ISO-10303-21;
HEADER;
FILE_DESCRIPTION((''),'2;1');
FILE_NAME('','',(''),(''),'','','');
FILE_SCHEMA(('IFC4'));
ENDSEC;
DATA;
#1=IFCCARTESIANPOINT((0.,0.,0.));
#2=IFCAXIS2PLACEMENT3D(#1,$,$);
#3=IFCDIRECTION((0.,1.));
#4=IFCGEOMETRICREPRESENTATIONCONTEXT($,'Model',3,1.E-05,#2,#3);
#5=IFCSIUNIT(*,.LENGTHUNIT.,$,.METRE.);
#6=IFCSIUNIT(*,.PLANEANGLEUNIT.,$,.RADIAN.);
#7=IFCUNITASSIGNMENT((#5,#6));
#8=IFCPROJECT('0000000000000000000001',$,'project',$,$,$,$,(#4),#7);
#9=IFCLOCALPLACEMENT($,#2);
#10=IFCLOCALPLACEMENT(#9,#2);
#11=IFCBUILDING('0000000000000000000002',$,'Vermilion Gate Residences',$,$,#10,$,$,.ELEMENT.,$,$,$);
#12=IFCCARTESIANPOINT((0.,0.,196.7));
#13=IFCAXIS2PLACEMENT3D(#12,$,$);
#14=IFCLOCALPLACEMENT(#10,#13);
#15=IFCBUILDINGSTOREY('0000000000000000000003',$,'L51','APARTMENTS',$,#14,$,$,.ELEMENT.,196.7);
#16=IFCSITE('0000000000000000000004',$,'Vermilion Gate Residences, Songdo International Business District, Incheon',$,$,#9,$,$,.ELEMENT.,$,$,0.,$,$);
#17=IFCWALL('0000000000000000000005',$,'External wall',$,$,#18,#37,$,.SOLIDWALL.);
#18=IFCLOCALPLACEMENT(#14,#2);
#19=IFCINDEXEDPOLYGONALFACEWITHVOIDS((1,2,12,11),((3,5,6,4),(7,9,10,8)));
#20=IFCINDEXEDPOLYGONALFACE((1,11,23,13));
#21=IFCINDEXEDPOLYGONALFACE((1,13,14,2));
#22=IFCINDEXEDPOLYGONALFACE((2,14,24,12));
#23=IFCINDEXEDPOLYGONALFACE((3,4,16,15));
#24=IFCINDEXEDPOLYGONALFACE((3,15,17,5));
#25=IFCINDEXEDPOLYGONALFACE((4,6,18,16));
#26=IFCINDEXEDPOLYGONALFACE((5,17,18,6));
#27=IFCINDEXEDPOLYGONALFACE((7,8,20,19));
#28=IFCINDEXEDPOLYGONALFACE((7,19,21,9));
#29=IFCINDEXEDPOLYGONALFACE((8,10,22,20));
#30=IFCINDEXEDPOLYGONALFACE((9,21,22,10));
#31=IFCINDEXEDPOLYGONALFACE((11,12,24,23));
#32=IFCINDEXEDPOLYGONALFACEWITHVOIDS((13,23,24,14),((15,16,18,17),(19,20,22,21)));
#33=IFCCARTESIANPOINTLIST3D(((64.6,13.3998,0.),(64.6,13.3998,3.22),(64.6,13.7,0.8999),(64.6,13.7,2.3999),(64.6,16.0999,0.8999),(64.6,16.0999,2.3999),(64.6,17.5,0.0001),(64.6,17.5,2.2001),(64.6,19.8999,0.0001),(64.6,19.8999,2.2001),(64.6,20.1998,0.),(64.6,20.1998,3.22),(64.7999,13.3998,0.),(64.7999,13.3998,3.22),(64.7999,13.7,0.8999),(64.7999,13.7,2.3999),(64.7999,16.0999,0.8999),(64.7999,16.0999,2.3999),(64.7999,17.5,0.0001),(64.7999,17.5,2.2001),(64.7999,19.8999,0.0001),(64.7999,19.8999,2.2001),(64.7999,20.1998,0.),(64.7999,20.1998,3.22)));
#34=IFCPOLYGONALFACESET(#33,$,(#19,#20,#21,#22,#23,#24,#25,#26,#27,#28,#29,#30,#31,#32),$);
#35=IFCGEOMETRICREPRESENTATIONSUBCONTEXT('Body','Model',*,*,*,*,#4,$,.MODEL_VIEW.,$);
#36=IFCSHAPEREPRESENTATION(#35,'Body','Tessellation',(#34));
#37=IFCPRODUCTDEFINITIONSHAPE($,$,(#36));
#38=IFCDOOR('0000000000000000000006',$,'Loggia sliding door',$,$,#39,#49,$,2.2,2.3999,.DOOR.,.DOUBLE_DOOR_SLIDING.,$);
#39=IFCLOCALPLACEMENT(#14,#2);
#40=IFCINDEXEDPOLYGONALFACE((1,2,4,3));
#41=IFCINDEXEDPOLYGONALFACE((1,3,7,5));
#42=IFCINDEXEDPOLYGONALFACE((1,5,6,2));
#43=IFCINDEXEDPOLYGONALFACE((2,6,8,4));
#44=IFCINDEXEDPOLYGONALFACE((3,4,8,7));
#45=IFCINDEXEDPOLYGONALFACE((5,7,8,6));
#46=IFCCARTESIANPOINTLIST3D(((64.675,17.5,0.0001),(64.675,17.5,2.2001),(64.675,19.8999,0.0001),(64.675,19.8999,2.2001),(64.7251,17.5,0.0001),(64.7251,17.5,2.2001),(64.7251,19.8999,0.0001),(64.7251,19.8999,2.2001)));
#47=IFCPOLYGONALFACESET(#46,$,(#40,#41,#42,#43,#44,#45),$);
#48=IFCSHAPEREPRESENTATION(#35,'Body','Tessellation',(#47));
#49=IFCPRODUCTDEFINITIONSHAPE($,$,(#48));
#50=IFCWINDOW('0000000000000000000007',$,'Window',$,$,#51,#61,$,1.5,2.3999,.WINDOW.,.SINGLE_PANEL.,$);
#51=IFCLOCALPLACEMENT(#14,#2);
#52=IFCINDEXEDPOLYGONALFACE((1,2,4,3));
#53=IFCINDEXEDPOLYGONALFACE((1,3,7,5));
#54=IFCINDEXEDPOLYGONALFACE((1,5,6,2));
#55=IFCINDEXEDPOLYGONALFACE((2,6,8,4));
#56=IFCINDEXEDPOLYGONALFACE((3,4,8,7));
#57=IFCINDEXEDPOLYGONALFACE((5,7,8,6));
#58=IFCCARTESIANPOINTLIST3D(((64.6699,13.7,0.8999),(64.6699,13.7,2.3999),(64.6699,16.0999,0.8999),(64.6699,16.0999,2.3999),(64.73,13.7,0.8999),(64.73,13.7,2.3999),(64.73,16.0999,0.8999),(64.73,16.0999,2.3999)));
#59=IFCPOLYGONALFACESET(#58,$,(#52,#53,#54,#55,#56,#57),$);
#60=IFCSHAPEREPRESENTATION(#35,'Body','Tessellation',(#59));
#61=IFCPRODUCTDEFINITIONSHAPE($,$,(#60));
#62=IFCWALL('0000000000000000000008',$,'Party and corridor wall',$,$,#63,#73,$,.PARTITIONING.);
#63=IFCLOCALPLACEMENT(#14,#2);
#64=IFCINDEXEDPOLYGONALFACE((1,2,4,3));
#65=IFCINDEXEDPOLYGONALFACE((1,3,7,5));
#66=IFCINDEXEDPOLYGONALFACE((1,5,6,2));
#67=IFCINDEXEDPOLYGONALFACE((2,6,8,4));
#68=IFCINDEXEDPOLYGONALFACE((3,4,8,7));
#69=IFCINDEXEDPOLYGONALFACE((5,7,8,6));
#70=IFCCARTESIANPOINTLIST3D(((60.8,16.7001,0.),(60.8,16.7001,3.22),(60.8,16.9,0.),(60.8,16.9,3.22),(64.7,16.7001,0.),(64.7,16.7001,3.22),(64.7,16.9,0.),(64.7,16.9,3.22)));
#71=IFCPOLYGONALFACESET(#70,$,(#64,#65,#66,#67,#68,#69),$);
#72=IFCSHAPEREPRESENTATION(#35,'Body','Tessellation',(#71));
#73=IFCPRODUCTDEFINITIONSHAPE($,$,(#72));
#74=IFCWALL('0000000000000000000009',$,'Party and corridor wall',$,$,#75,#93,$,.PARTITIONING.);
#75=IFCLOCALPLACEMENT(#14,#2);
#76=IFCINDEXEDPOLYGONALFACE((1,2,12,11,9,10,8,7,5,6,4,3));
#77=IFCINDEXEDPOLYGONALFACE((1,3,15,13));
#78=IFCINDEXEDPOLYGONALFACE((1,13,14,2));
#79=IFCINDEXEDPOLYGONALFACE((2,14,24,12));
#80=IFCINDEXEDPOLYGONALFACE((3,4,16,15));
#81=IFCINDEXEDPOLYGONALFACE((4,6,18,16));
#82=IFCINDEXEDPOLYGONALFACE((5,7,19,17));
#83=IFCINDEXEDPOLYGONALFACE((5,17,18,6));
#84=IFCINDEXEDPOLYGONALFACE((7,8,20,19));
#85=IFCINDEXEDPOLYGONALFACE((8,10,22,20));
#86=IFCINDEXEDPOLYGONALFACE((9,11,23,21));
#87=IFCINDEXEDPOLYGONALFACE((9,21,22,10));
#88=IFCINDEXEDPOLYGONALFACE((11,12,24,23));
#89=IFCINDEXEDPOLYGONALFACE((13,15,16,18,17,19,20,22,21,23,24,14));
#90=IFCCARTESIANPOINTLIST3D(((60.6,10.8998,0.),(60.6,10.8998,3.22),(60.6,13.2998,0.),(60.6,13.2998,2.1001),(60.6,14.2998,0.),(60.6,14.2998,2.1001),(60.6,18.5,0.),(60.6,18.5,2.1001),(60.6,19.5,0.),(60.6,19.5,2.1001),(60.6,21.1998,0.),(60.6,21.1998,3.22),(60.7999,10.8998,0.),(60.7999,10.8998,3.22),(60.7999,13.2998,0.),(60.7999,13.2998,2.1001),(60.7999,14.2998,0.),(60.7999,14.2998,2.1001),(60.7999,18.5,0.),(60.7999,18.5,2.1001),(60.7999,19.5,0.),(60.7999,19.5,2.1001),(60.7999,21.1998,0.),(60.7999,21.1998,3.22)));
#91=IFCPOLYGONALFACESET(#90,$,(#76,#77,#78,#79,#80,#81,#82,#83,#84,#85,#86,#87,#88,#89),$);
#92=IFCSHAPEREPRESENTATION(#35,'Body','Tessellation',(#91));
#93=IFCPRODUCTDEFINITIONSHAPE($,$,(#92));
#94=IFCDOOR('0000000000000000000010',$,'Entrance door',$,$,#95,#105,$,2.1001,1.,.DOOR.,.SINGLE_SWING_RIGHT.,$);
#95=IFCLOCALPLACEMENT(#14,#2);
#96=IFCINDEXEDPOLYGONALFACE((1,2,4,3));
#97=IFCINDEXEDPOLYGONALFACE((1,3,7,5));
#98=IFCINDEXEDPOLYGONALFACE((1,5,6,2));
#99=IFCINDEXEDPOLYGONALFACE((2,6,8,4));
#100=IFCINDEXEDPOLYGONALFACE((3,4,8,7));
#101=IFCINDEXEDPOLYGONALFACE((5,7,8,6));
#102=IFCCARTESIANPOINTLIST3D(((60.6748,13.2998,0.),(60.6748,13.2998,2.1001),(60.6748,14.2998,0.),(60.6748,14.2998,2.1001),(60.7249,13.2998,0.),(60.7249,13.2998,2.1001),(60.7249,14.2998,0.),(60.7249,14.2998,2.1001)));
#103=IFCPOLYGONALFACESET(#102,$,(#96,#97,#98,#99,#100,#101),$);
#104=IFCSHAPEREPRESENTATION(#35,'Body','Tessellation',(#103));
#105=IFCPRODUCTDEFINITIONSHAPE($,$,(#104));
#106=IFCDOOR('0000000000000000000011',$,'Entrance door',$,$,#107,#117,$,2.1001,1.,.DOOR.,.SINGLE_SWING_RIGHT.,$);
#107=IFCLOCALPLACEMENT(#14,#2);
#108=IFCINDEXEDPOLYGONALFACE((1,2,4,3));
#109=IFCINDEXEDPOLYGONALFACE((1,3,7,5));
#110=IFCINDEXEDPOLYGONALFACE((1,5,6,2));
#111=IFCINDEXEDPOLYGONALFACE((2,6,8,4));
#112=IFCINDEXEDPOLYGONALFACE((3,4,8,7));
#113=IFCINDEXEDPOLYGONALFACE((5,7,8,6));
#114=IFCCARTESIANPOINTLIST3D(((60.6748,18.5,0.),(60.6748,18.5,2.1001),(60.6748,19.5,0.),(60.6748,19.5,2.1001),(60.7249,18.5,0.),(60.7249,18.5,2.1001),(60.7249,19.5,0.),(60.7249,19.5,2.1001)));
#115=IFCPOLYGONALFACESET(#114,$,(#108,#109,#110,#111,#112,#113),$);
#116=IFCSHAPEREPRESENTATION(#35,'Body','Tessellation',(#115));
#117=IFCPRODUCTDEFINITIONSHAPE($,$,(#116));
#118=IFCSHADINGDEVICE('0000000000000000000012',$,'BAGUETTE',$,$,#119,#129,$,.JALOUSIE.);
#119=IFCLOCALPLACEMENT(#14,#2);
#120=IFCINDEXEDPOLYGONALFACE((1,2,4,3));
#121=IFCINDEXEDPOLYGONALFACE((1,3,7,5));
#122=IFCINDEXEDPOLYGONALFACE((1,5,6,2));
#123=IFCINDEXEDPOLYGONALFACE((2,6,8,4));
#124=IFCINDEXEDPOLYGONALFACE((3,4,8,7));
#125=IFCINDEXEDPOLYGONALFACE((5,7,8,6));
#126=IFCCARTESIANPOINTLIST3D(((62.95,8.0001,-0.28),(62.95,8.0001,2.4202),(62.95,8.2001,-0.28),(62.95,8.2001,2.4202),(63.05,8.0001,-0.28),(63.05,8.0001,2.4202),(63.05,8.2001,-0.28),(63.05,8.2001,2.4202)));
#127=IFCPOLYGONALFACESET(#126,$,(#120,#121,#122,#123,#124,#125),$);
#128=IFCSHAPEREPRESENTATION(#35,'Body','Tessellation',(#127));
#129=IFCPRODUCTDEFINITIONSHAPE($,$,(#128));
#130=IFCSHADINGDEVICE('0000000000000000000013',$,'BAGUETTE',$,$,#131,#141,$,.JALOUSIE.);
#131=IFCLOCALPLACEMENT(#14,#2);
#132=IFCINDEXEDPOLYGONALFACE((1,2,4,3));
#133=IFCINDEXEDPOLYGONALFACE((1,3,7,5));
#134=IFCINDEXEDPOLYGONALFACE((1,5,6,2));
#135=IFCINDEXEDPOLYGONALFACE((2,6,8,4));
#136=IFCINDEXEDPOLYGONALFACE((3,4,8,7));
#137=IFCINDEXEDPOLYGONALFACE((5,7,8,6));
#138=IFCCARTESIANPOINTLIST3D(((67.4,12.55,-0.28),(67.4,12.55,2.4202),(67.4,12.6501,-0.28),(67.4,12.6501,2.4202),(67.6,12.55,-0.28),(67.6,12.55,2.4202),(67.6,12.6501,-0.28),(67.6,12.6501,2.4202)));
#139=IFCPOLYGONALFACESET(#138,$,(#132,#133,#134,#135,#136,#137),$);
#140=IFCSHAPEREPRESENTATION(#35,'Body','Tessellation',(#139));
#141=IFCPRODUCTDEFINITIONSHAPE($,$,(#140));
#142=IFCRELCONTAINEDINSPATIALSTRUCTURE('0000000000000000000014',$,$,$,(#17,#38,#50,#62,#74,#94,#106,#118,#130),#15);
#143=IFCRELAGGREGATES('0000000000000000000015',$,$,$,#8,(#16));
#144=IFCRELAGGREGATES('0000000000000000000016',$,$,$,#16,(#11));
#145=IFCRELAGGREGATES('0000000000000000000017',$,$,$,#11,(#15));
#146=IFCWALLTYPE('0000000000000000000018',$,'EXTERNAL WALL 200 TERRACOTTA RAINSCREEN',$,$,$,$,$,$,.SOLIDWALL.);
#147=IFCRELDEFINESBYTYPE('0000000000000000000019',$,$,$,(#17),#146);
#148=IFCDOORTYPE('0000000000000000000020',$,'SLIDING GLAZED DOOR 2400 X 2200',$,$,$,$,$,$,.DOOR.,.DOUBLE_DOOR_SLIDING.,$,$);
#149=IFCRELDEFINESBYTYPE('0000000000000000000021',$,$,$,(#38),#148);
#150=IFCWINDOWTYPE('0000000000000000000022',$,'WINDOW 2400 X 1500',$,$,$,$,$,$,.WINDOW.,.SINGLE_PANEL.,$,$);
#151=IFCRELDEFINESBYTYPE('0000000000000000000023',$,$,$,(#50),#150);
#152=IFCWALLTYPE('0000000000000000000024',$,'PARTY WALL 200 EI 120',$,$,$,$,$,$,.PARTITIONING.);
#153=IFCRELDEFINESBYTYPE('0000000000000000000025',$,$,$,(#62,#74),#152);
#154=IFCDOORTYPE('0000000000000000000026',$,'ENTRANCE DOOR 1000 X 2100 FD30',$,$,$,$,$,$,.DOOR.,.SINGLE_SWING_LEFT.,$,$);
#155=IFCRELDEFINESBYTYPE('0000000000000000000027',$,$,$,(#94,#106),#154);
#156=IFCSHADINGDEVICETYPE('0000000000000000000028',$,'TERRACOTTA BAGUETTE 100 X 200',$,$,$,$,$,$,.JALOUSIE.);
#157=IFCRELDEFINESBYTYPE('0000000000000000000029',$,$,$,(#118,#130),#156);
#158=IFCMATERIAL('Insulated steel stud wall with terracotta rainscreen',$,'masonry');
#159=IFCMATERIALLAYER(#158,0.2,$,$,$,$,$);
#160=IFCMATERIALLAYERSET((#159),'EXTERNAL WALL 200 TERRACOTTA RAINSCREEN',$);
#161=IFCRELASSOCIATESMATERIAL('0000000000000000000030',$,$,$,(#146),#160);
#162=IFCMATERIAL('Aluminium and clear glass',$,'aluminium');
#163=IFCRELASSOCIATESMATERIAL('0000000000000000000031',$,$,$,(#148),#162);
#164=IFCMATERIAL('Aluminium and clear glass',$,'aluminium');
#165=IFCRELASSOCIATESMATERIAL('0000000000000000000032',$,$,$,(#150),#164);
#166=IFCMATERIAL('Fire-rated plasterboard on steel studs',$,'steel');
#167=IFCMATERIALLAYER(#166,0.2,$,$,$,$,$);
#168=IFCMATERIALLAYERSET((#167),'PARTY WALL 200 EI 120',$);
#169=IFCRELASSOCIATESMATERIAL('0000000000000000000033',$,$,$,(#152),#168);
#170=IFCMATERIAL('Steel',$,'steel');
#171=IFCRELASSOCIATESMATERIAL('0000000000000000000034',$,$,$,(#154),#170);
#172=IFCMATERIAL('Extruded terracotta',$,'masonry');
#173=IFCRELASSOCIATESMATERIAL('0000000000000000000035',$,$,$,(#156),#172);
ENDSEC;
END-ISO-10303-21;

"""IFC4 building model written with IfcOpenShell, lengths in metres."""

from ifc_helpers import new_model, si_unit, direction, frame, frame_2d, origin, origin_2d, place, context, subcontext, project, spatial, rectangle, extrude, material, layer, layer_set, material_profile, profile_set, type_object, element, fill, save


model = new_model("IFC4")

# Units and contexts
model_context = context("Model", 3, precision=1e-05, world=origin(), true_north=direction((0.0, 1.0)))
body_context = subcontext(model_context, "Body", "Model", "MODEL_VIEW")
ifc_project = project(units=[si_unit("LENGTHUNIT", "METRE"), si_unit("PLANEANGLEUNIT", "RADIAN")], contexts=[model_context])

# Site, building, storey
site_placement = place(None, origin())
site = spatial("IfcSite", under=ifc_project, at=site_placement, Name="Vermilion Gate Residences, Songdo International Business District, Incheon", CompositionType="ELEMENT", RefElevation=0.0)
building_placement = place(site_placement, origin())
building = spatial("IfcBuilding", under=site, at=building_placement, Name="Vermilion Gate Residences", CompositionType="ELEMENT")
storey_placement = place(building_placement, frame((0.0, 0.0, 196.7)))
storey = spatial("IfcBuildingStorey", under=building, at=storey_placement, Name="L51", Description="APARTMENTS", CompositionType="ELEMENT", Elevation=196.7)

# Shared definitions
ifc_material_1 = material(Name="Insulated steel stud wall with terracotta rainscreen", Category="masonry")
ifc_layer_1 = layer(ifc_material_1, 0.2)
ifc_layer_set_1 = layer_set([ifc_layer_1], Name="EXTERNAL WALL 200 TERRACOTTA RAINSCREEN")
wall_type_1 = type_object("IfcWallType", Name="EXTERNAL WALL 200 TERRACOTTA RAINSCREEN", PredefinedType="SOLIDWALL", material=ifc_layer_set_1)

# Wall, openings, door, window
wall_1_placement = place(storey_placement, frame((64.7, 13.3999, 0.0), z_axis=(0.0, 0.0, 1.0), x_axis=(0.0, 1.0, 0.0)))
wall_1 = element("IfcWall", 1, at=wall_1_placement, inside=storey, type_object=wall_type_1, Name="External wall", PredefinedType="SOLIDWALL", context=body_context, shape_type="SweptSolid", body=[
    extrude(rectangle(XDim=6.8, YDim=0.2, at=frame_2d((3.3999, 0.0))), origin(), (0.0, 0.0, 1.0), 3.22),
])
opening_1_placement = place(wall_1_placement, frame((0.3, 0.0, 0.8999)))
opening_1 = element("IfcOpeningElement", 2, at=opening_1_placement, cuts=wall_1, PredefinedType="OPENING", context=body_context, shape_type="SweptSolid", body=[
    extrude(rectangle(XDim=2.3999, YDim=1.5, at=frame_2d((1.2, 0.75))), frame((0.0, 0.1099, 0.0), z_axis=(0.0, -1.0, 0.0), x_axis=(1.0, 0.0, 0.0)), (0.0, 0.0, 1.0), 0.22),
])
opening_2_placement = place(wall_1_placement, frame((4.1001, 0.0, 0.0)))
opening_2 = element("IfcOpeningElement", 3, at=opening_2_placement, cuts=wall_1, PredefinedType="OPENING", context=body_context, shape_type="SweptSolid", body=[
    extrude(rectangle(XDim=2.3999, YDim=2.2, at=frame_2d((1.2, 1.1001))), frame((0.0, 0.1099, 0.0), z_axis=(0.0, -1.0, 0.0), x_axis=(1.0, 0.0, 0.0)), (0.0, 0.0, 1.0), 0.22),
])
ifc_material_2 = material(Name="Aluminium and clear glass", Category="aluminium")
door_type_1 = type_object("IfcDoorType", Name="SLIDING GLAZED DOOR 2400 X 2200", OperationType="DOUBLE_DOOR_SLIDING", PredefinedType="DOOR", material=ifc_material_2)
door_1_placement = place(opening_2_placement, origin())
door_1 = element("IfcDoor", 4, at=door_1_placement, inside=storey, type_object=door_type_1, Name="Loggia sliding door", OperationType="DOUBLE_DOOR_SLIDING", OverallHeight=2.2, OverallWidth=2.3999, PredefinedType="DOOR", context=body_context, shape_type="SweptSolid", body=[
    extrude(rectangle(XDim=2.3999, YDim=2.2, at=frame_2d((1.2, 1.1001))), frame((0.0, 0.0249, 0.0), z_axis=(0.0, -1.0, 0.0), x_axis=(1.0, 0.0, 0.0)), (0.0, 0.0, 1.0), 0.05),
])
fill(opening_2, door_1)
ifc_material_3 = material(Name="Aluminium and clear glass", Category="aluminium")
window_type_1 = type_object("IfcWindowType", Name="WINDOW 2400 X 1500", PartitioningType="SINGLE_PANEL", PredefinedType="WINDOW", material=ifc_material_3)
window_1_placement = place(opening_1_placement, origin())
window_1 = element("IfcWindow", 5, at=window_1_placement, inside=storey, type_object=window_type_1, Name="Window", OverallHeight=1.5, OverallWidth=2.3999, PartitioningType="SINGLE_PANEL", PredefinedType="WINDOW", context=body_context, shape_type="SweptSolid", body=[
    extrude(rectangle(XDim=2.3999, YDim=1.5, at=frame_2d((1.2, 0.75))), frame((0.0, 0.03, 0.0), z_axis=(0.0, -1.0, 0.0), x_axis=(1.0, 0.0, 0.0)), (0.0, 0.0, 1.0), 0.0601),
])
fill(opening_1, window_1)

# Wall
ifc_material_4 = material(Name="Fire-rated plasterboard on steel studs", Category="steel")
ifc_layer_2 = layer(ifc_material_4, 0.2)
ifc_layer_set_2 = layer_set([ifc_layer_2], Name="PARTY WALL 200 EI 120")
wall_type_2 = type_object("IfcWallType", Name="PARTY WALL 200 EI 120", PredefinedType="PARTITIONING", material=ifc_layer_set_2)
wall_2_placement = place(storey_placement, frame((60.8, 16.8, 0.0), z_axis=(0.0, 0.0, 1.0), x_axis=(1.0, 0.0, 0.0)))
element("IfcWall", 6, at=wall_2_placement, inside=storey, type_object=wall_type_2, Name="Party and corridor wall", PredefinedType="PARTITIONING", context=body_context, shape_type="SweptSolid", body=[
    extrude(rectangle(XDim=3.8999, YDim=0.2, at=frame_2d((1.95, 0.0))), origin(), (0.0, 0.0, 1.0), 3.22),
])

# Wall, openings, doors
wall_3_placement = place(storey_placement, frame((60.7, 10.8999, 0.0), z_axis=(0.0, 0.0, 1.0), x_axis=(0.0, 1.0, 0.0)))
wall_3 = element("IfcWall", 7, at=wall_3_placement, inside=storey, type_object=wall_type_2, Name="Party and corridor wall", PredefinedType="PARTITIONING", context=body_context, shape_type="SweptSolid", body=[
    extrude(rectangle(XDim=10.3, YDim=0.2, at=frame_2d((5.1499, 0.0))), origin(), (0.0, 0.0, 1.0), 3.22),
])
opening_3_placement = place(wall_3_placement, frame((2.3999, 0.0, 0.0)))
opening_3 = element("IfcOpeningElement", 8, at=opening_3_placement, cuts=wall_3, PredefinedType="OPENING", context=body_context, shape_type="SweptSolid", body=[
    extrude(rectangle(XDim=1.0, YDim=2.1001, at=frame_2d((0.5, 1.05))), frame((0.0, 0.1099, 0.0), z_axis=(0.0, -1.0, 0.0), x_axis=(1.0, 0.0, 0.0)), (0.0, 0.0, 1.0), 0.22),
])
opening_4_placement = place(wall_3_placement, frame((7.6001, 0.0, 0.0)))
opening_4 = element("IfcOpeningElement", 9, at=opening_4_placement, cuts=wall_3, PredefinedType="OPENING", context=body_context, shape_type="SweptSolid", body=[
    extrude(rectangle(XDim=1.0, YDim=2.1001, at=frame_2d((0.5, 1.05))), frame((0.0, 0.1099, 0.0), z_axis=(0.0, -1.0, 0.0), x_axis=(1.0, 0.0, 0.0)), (0.0, 0.0, 1.0), 0.22),
])
ifc_material_5 = material(Name="Steel", Category="steel")
door_type_2 = type_object("IfcDoorType", Name="ENTRANCE DOOR 1000 X 2100 FD30", OperationType="SINGLE_SWING_LEFT", PredefinedType="DOOR", material=ifc_material_5)
door_2_placement = place(opening_3_placement, frame((1.0, 0.0, 0.0), z_axis=(0.0, 0.0, 1.0), x_axis=(-1.0, 0.0, 0.0)))
door_2 = element("IfcDoor", 10, at=door_2_placement, inside=storey, type_object=door_type_2, Name="Entrance door", OperationType="SINGLE_SWING_RIGHT", OverallHeight=2.1001, OverallWidth=1.0, PredefinedType="DOOR", context=body_context, shape_type="SweptSolid", body=[
    extrude(rectangle(XDim=1.0, YDim=2.1001, at=frame_2d((0.5, 1.05))), frame((0.0, 0.0249, 0.0), z_axis=(0.0, -1.0, 0.0), x_axis=(1.0, 0.0, 0.0)), (0.0, 0.0, 1.0), 0.05),
])
fill(opening_3, door_2)
door_3_placement = place(opening_4_placement, frame((1.0, 0.0, 0.0), z_axis=(0.0, 0.0, 1.0), x_axis=(-1.0, 0.0, 0.0)))
door_3 = element("IfcDoor", 11, at=door_3_placement, inside=storey, type_object=door_type_2, Name="Entrance door", OperationType="SINGLE_SWING_RIGHT", OverallHeight=2.1001, OverallWidth=1.0, PredefinedType="DOOR", context=body_context, shape_type="SweptSolid", body=[
    extrude(rectangle(XDim=1.0, YDim=2.1001, at=frame_2d((0.5, 1.05))), frame((0.0, 0.0249, 0.0), z_axis=(0.0, -1.0, 0.0), x_axis=(1.0, 0.0, 0.0)), (0.0, 0.0, 1.0), 0.05),
])
fill(opening_4, door_3)

# Shading devices
ifc_material_6 = material(Name="Extruded terracotta", Category="masonry")
ifc_material_profile_1 = material_profile(ifc_material_6, rectangle(XDim=0.2, YDim=0.1001, at=origin_2d()), Name="BAGUETTE 100 X 200")
ifc_profile_set_1 = profile_set([ifc_material_profile_1], Name="Extruded terracotta")
shading_device_type = type_object("IfcShadingDeviceType", Name="TERRACOTTA BAGUETTE 100 X 200", PredefinedType="JALOUSIE", material=ifc_profile_set_1)
for number, where, z_axis, x_axis, name in (
    (12, (63.0, 8.1001, -0.28), (0.0, 0.0, 1.0), (0.0, 1.0, 0.0), "BAGUETTE"),
    (13, (67.5, 12.6001, -0.28), (0.0, 0.0, 1.0), (-1.0, 0.0, 0.0), "BAGUETTE"),
):
    element("IfcShadingDevice", number, at=place(storey_placement, frame(where, z_axis=z_axis, x_axis=x_axis)), inside=storey, type_object=shading_device_type, Name=name, PredefinedType="JALOUSIE", context=body_context, shape_type="SweptSolid", body=[
        extrude(rectangle(XDim=0.2, YDim=0.1001, at=origin_2d()), origin(), (0.0, 0.0, 1.0), 2.7002),
    ])

save(model, "model.ifc")
